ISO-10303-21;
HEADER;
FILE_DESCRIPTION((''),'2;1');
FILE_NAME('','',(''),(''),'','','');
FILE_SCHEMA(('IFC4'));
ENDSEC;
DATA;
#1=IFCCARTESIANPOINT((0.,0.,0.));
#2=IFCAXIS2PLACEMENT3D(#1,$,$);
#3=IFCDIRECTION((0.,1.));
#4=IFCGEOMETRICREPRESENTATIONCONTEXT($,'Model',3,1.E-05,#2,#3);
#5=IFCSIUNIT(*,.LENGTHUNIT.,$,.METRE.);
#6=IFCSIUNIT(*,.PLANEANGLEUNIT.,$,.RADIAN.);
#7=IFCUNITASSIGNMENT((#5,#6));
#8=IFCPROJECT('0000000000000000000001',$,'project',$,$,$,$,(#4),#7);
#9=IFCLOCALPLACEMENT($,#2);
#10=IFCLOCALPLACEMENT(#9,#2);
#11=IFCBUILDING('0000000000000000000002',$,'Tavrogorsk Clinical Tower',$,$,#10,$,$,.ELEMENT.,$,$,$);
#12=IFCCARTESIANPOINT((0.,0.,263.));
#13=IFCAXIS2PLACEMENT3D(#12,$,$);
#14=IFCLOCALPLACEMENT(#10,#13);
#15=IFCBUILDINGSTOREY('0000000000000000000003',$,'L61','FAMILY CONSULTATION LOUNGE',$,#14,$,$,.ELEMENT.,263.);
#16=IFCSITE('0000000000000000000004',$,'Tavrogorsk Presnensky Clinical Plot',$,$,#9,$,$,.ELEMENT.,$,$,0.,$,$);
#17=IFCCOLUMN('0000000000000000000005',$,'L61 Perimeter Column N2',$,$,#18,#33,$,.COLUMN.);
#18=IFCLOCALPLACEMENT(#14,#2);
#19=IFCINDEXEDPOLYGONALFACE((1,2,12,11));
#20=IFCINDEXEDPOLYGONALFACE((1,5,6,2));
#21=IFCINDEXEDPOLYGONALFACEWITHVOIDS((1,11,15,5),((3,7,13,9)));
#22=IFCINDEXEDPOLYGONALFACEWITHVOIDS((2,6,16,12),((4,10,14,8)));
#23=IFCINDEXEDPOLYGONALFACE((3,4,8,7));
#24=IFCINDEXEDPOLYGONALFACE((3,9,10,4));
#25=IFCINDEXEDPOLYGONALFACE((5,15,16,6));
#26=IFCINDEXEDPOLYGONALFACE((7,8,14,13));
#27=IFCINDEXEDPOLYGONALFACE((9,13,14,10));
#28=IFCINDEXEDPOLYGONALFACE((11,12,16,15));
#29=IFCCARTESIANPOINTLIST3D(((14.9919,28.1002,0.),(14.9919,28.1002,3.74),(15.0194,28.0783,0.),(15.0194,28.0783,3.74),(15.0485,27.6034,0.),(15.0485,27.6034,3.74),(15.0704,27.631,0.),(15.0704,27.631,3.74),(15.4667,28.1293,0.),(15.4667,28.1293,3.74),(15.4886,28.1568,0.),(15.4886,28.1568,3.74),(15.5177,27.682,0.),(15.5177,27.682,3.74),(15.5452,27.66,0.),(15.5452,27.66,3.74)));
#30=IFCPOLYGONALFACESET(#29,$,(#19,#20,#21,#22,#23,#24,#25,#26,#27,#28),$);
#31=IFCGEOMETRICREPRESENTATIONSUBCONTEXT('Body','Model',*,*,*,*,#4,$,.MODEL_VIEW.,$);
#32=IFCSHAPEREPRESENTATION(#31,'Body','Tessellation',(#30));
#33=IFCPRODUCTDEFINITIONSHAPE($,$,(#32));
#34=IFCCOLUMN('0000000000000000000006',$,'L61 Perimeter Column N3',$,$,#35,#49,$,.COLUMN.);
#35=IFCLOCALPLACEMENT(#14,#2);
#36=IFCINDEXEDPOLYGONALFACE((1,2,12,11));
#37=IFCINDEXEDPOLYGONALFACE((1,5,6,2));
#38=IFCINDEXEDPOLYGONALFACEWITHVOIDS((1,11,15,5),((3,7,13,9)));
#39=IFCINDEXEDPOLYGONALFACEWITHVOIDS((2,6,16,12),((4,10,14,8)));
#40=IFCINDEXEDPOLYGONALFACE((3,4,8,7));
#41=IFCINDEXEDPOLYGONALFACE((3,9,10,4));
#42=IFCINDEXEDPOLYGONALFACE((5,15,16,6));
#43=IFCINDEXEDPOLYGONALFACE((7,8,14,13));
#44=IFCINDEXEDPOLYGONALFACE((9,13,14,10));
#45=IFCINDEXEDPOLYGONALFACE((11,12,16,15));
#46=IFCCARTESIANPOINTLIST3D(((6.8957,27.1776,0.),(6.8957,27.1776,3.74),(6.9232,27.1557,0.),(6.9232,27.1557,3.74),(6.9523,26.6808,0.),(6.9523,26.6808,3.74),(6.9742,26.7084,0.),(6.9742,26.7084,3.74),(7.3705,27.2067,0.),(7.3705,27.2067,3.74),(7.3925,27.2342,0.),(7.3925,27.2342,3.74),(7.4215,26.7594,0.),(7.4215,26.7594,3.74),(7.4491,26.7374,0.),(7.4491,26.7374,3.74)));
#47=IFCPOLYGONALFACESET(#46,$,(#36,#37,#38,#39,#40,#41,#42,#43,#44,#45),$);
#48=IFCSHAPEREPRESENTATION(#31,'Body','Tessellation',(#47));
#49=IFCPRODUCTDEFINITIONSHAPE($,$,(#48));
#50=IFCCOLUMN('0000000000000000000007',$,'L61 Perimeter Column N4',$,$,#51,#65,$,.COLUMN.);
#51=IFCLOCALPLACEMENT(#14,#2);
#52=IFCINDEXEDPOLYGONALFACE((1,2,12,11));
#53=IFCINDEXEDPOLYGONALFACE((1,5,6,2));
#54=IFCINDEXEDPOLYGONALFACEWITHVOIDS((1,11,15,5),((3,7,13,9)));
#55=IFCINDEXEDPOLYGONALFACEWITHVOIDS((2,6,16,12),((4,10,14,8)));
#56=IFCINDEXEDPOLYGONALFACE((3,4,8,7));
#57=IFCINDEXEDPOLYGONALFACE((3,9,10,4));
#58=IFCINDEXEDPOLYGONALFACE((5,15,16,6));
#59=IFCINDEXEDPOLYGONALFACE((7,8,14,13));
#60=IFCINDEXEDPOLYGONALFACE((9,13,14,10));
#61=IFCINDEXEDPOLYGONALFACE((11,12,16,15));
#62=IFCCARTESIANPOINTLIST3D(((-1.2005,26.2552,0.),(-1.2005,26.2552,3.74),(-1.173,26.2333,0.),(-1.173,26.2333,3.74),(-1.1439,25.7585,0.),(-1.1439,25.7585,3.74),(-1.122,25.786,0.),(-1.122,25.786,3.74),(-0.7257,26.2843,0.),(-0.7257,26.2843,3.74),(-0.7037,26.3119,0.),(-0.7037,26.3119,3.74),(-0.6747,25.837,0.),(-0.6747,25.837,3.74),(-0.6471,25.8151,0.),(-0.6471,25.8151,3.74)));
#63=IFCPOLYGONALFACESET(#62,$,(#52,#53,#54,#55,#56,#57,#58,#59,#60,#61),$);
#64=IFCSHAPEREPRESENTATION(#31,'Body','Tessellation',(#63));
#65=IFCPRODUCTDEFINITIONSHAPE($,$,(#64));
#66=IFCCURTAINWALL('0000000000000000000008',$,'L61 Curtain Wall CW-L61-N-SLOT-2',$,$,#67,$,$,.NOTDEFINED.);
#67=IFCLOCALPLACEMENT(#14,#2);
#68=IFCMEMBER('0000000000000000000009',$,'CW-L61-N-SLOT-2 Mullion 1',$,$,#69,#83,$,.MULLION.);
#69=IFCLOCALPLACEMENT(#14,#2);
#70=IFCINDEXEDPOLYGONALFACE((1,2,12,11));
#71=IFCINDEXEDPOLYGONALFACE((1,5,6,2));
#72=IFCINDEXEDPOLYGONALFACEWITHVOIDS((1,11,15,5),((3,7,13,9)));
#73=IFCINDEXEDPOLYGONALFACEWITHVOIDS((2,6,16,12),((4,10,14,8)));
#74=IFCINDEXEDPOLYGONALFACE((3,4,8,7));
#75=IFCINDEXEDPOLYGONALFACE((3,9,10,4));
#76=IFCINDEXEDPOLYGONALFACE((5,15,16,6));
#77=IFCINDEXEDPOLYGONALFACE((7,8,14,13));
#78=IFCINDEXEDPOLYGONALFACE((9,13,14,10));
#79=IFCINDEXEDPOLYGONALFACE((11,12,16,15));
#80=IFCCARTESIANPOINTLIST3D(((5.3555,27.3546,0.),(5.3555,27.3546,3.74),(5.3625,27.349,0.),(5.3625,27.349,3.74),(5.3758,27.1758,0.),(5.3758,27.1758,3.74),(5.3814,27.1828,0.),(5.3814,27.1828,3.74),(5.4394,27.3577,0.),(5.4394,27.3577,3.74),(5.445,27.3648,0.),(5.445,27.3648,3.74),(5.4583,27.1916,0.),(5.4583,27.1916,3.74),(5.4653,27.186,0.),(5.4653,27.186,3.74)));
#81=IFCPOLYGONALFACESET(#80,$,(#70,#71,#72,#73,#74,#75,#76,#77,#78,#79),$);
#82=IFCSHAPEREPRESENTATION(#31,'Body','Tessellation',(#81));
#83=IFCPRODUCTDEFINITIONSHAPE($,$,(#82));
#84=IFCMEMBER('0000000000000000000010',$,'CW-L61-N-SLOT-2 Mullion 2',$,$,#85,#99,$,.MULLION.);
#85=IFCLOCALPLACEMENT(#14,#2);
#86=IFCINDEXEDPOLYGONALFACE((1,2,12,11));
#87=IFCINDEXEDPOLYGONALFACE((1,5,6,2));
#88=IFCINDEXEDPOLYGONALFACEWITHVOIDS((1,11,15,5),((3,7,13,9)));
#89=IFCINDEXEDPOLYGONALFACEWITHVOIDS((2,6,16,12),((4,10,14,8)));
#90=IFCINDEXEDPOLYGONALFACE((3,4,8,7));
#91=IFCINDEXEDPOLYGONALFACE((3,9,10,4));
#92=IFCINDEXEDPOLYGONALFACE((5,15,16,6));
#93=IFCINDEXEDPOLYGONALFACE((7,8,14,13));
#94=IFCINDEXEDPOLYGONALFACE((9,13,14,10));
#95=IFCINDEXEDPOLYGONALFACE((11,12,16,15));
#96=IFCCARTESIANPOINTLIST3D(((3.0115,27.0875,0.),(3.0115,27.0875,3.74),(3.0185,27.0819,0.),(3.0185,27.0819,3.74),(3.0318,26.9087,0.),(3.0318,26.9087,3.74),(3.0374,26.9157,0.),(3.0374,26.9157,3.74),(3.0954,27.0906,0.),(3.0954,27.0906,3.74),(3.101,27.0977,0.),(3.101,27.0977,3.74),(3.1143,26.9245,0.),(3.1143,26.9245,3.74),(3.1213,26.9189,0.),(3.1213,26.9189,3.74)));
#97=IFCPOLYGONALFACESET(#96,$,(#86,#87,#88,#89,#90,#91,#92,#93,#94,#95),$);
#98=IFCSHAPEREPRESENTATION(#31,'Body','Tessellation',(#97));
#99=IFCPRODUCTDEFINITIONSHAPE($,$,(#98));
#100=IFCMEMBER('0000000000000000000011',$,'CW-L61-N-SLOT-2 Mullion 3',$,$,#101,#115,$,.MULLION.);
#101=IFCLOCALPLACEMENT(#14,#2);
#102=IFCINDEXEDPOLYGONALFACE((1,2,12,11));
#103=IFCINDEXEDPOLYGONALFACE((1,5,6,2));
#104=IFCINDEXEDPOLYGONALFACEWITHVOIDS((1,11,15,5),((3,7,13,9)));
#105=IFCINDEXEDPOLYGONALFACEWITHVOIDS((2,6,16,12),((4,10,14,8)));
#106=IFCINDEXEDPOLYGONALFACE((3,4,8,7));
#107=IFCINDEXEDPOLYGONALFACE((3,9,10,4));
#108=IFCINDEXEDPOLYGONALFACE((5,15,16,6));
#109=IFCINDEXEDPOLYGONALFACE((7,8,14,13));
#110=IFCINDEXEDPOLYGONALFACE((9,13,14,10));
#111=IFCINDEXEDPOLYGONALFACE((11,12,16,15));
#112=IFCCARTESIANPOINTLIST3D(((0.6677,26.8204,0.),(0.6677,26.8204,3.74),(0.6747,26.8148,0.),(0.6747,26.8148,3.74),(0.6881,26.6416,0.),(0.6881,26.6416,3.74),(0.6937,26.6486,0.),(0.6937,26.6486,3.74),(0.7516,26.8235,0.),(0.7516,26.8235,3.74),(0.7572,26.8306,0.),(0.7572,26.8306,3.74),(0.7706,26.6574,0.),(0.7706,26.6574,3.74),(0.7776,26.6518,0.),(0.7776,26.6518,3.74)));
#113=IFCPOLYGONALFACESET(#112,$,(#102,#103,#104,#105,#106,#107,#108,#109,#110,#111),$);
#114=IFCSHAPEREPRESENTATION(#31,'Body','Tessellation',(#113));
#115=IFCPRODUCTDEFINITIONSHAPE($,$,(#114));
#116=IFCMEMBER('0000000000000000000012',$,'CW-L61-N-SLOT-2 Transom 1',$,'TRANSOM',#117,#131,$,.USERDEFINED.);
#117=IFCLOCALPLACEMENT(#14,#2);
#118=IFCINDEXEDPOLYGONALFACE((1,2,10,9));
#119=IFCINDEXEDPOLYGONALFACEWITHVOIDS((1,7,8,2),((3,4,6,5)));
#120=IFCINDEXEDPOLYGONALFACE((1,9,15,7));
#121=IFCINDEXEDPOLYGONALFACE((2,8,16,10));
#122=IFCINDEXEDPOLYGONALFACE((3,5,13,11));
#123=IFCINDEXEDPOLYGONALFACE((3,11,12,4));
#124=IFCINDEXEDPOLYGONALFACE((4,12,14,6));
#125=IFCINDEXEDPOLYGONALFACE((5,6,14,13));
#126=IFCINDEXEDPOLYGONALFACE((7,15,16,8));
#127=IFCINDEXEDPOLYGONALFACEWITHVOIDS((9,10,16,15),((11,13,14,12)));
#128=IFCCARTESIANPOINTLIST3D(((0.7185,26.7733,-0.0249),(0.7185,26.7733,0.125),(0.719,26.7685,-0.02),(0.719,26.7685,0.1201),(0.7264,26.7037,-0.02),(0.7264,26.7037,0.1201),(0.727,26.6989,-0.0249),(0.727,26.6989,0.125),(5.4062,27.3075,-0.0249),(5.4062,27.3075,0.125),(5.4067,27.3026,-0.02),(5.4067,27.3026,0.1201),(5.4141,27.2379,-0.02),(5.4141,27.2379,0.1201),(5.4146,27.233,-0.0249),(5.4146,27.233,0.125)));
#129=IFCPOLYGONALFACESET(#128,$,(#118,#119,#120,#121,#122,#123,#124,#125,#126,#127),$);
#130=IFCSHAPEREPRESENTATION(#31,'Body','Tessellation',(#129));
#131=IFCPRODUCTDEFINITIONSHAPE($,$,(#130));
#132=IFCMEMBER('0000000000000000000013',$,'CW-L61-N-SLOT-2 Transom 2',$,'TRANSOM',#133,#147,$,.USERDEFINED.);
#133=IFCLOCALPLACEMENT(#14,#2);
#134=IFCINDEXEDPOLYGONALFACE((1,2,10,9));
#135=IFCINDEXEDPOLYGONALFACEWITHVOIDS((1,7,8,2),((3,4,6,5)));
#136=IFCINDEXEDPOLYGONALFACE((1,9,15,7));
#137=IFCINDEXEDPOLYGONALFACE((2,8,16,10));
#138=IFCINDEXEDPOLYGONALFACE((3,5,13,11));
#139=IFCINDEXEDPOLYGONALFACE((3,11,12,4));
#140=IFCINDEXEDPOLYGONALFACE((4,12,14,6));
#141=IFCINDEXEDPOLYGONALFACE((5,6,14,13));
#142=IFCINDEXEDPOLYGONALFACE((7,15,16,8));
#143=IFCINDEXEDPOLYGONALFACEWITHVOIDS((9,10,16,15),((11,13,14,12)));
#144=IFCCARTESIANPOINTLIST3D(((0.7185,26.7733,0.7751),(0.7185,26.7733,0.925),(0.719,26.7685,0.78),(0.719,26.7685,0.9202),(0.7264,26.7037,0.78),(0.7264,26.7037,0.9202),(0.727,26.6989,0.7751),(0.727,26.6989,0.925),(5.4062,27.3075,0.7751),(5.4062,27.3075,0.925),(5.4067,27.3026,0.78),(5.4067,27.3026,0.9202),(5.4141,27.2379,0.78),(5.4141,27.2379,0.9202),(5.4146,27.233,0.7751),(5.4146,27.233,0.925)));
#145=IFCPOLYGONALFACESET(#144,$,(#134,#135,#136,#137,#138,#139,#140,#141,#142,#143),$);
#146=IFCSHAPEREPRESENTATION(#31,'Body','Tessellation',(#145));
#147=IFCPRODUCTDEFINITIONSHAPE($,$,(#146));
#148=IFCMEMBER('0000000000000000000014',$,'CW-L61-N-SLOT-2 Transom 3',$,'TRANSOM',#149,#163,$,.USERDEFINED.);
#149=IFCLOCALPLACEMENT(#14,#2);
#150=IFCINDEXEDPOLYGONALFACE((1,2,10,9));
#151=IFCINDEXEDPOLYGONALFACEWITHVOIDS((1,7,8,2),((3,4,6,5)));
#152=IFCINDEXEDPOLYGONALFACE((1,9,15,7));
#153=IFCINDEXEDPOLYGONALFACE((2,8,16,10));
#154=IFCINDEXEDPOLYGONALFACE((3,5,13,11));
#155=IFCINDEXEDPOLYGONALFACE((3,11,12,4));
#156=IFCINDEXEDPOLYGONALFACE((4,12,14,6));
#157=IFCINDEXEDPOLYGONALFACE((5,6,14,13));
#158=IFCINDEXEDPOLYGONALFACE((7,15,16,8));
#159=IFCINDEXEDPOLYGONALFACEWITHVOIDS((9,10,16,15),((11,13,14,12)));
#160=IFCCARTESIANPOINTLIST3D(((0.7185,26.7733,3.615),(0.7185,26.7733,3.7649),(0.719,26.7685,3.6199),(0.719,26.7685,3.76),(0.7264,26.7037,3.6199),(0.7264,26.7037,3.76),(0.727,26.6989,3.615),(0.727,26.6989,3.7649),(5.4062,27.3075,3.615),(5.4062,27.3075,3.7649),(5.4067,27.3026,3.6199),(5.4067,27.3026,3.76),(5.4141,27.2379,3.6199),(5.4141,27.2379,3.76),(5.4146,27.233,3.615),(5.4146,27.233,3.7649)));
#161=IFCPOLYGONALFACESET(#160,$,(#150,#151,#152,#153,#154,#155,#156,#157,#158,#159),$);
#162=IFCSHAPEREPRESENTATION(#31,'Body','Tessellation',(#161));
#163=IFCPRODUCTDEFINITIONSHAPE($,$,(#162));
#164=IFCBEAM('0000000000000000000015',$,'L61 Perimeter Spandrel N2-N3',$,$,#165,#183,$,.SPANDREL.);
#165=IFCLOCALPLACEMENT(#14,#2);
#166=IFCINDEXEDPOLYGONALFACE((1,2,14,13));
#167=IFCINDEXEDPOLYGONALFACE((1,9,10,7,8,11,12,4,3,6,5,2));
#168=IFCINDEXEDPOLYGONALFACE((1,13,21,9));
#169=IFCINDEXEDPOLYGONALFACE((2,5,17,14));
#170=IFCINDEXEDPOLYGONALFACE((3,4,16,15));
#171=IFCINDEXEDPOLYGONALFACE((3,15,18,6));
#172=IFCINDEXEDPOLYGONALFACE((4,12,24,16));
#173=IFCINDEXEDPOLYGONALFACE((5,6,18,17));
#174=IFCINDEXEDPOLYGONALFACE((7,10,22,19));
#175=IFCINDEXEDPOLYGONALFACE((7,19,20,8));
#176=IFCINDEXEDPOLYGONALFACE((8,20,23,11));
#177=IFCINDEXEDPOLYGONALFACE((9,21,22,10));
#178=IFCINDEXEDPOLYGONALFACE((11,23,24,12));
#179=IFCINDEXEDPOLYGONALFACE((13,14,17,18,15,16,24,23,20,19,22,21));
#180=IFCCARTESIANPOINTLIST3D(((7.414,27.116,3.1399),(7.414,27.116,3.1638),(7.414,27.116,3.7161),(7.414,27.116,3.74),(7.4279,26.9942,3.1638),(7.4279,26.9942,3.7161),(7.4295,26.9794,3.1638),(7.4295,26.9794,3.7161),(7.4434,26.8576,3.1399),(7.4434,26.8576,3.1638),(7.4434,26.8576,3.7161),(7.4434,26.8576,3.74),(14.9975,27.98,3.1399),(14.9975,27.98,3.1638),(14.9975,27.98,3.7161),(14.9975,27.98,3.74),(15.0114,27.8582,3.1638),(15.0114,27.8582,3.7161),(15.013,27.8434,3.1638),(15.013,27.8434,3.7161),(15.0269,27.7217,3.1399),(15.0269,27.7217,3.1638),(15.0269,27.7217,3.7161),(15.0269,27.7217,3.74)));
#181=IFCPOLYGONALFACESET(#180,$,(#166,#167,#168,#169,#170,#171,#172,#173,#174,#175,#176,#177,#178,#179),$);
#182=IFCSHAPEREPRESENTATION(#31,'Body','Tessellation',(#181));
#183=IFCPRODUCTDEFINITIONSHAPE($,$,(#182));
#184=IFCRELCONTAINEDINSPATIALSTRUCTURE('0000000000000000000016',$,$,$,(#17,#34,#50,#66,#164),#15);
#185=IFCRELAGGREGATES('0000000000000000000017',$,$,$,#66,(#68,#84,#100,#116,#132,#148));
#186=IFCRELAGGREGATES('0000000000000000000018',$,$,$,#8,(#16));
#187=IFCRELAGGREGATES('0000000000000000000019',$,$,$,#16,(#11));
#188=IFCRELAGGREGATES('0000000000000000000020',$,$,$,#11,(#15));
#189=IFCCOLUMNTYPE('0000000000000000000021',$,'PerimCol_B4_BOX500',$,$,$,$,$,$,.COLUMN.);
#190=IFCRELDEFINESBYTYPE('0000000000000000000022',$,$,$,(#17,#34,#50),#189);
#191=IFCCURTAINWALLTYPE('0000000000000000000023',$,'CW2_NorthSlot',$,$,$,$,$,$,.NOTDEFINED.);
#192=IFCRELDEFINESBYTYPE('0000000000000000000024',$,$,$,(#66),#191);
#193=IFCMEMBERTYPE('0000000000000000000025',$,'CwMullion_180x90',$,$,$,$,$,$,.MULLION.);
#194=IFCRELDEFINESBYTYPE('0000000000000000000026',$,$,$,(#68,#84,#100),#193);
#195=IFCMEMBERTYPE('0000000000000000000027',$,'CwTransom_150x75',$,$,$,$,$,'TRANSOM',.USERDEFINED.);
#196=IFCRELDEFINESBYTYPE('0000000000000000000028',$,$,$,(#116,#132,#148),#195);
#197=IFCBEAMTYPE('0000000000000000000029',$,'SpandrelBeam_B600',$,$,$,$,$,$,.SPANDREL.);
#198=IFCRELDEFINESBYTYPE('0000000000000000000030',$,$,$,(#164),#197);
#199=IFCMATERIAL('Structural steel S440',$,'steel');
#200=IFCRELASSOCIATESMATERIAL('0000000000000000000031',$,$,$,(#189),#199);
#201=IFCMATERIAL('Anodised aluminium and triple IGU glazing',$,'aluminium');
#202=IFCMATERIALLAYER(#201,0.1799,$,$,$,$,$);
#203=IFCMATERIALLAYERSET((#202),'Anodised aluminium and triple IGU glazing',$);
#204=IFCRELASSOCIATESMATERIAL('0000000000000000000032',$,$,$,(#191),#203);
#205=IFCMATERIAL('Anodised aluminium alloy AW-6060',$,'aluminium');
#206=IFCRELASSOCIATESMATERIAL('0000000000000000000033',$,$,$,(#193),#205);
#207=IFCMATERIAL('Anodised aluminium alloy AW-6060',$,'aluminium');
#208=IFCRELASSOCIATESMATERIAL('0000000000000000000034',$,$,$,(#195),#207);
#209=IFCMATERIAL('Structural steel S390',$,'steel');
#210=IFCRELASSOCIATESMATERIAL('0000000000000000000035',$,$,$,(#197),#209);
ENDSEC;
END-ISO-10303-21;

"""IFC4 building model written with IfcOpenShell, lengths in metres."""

from ifc_helpers import new_model, si_unit, direction, frame, origin, origin_2d, place, context, subcontext, project, spatial, hollow_rectangle, i_section, extrude, material, layer, layer_set, material_profile, profile_set, type_object, element, aggregate, save


model = new_model("IFC4")

# Units and contexts
model_context = context("Model", 3, precision=1e-05, world=origin(), true_north=direction((0.0, 1.0)))
body_context = subcontext(model_context, "Body", "Model", "MODEL_VIEW")
ifc_project = project(units=[si_unit("LENGTHUNIT", "METRE"), si_unit("PLANEANGLEUNIT", "RADIAN")], contexts=[model_context])

# Site, building, storey
site_placement = place(None, origin())
site = spatial("IfcSite", under=ifc_project, at=site_placement, Name="Tavrogorsk Presnensky Clinical Plot", CompositionType="ELEMENT", RefElevation=0.0)
building_placement = place(site_placement, origin())
building = spatial("IfcBuilding", under=site, at=building_placement, Name="Tavrogorsk Clinical Tower", CompositionType="ELEMENT")
storey_placement = place(building_placement, frame((0.0, 0.0, 263.0)))
storey = spatial("IfcBuildingStorey", under=building, at=storey_placement, Name="L61", Description="FAMILY CONSULTATION LOUNGE", CompositionType="ELEMENT", Elevation=263.0)

# Columns
ifc_material_1 = material(Name="Structural steel S440", Category="steel")
ifc_material_profile_1 = material_profile(ifc_material_1, hollow_rectangle(XDim=0.5, YDim=0.5, WallThickness=0.0249, at=origin_2d()), Name="BOX-500x500x25")
ifc_profile_set_1 = profile_set([ifc_material_profile_1], Name="Structural steel S440")
column_type = type_object("IfcColumnType", Name="PerimCol_B4_BOX500", PredefinedType="COLUMN", material=ifc_profile_set_1)
for number, where, z_axis, x_axis, name in (
    (1, (15.2686, 27.8801, 0.0), (0.0, 0.0, 1.0), (0.993572, 0.113203, 0.0), "L61 Perimeter Column N2"),
    (2, (7.1724, 26.9575, 0.0), (0.0, 0.0, 1.0), (0.993572, 0.113203, 0.0), "L61 Perimeter Column N3"),
    (3, (-0.9238, 26.0352, 0.0), (0.0, 0.0, 1.0), (0.993572, 0.113203, 0.0), "L61 Perimeter Column N4"),
):
    element("IfcColumn", number, at=place(storey_placement, frame(where, z_axis=z_axis, x_axis=x_axis)), inside=storey, type_object=column_type, Name=name, PredefinedType="COLUMN", context=body_context, shape_type="SweptSolid", body=[
        extrude(hollow_rectangle(XDim=0.5, YDim=0.5, WallThickness=0.0249, at=origin_2d()), origin(), (0.0, 0.0, 1.0), 3.74),
    ])

# Curtain wall, members
ifc_material_2 = material(Name="Anodised aluminium and triple IGU glazing", Category="aluminium")
ifc_layer_1 = layer(ifc_material_2, 0.1799)
ifc_layer_set_1 = layer_set([ifc_layer_1], Name="Anodised aluminium and triple IGU glazing")
curtain_wall_type = type_object("IfcCurtainWallType", Name="CW2_NorthSlot", PredefinedType="NOTDEFINED", material=ifc_layer_set_1)
curtain_wall_placement = place(storey_placement, origin())
curtain_wall = element("IfcCurtainWall", 4, at=curtain_wall_placement, inside=storey, type_object=curtain_wall_type, Name="L61 Curtain Wall CW-L61-N-SLOT-2", PredefinedType="NOTDEFINED")
ifc_material_3 = material(Name="Anodised aluminium alloy AW-6060", Category="aluminium")
ifc_material_profile_2 = material_profile(ifc_material_3, hollow_rectangle(XDim=0.0901, YDim=0.1799, WallThickness=0.0063, at=origin_2d()), Name="RHS-180x90x6.3")
ifc_profile_set_2 = profile_set([ifc_material_profile_2], Name="Anodised aluminium alloy AW-6060")
member_type_1 = type_object("IfcMemberType", Name="CwMullion_180x90", PredefinedType="MULLION", material=ifc_profile_set_2)
member_1_placement = place(storey_placement, frame((5.4104, 27.2703, 0.0), z_axis=(0.0, 0.0, 1.0), x_axis=(-0.993572, -0.113203, 0.0)))
member_1 = element("IfcMember", 5, at=member_1_placement, type_object=member_type_1, Name="CW-L61-N-SLOT-2 Mullion 1", PredefinedType="MULLION", context=body_context, shape_type="SweptSolid", body=[
    extrude(hollow_rectangle(XDim=0.0901, YDim=0.1799, WallThickness=0.0063, at=origin_2d()), origin(), (0.0, 0.0, 1.0), 3.74),
])
member_2_placement = place(storey_placement, frame((3.0664, 27.0032, 0.0), z_axis=(0.0, 0.0, 1.0), x_axis=(-0.993572, -0.113203, 0.0)))
member_2 = element("IfcMember", 6, at=member_2_placement, type_object=member_type_1, Name="CW-L61-N-SLOT-2 Mullion 2", PredefinedType="MULLION", context=body_context, shape_type="SweptSolid", body=[
    extrude(hollow_rectangle(XDim=0.0901, YDim=0.1799, WallThickness=0.0063, at=origin_2d()), origin(), (0.0, 0.0, 1.0), 3.74),
])
member_3_placement = place(storey_placement, frame((0.7227, 26.7361, 0.0), z_axis=(0.0, 0.0, 1.0), x_axis=(-0.993572, -0.113203, 0.0)))
member_3 = element("IfcMember", 7, at=member_3_placement, type_object=member_type_1, Name="CW-L61-N-SLOT-2 Mullion 3", PredefinedType="MULLION", context=body_context, shape_type="SweptSolid", body=[
    extrude(hollow_rectangle(XDim=0.0901, YDim=0.1799, WallThickness=0.0063, at=origin_2d()), origin(), (0.0, 0.0, 1.0), 3.74),
])
ifc_material_4 = material(Name="Anodised aluminium alloy AW-6060", Category="aluminium")
ifc_material_profile_3 = material_profile(ifc_material_4, hollow_rectangle(XDim=0.075, YDim=0.1499, WallThickness=0.0049, at=origin_2d()), Name="RHS-150x75x5")
ifc_profile_set_3 = profile_set([ifc_material_profile_3], Name="Anodised aluminium alloy AW-6060")
member_type_2 = type_object("IfcMemberType", Name="CwTransom_150x75", ElementType="TRANSOM", PredefinedType="USERDEFINED", material=ifc_profile_set_3)
member_4_placement = place(storey_placement, frame((5.4104, 27.2703, 0.05), z_axis=(-0.99357, -0.11322, 0.0), x_axis=(0.11322, -0.99357, 0.0)))
member_4 = element("IfcMember", 8, at=member_4_placement, type_object=member_type_2, Name="CW-L61-N-SLOT-2 Transom 1", ObjectType="TRANSOM", PredefinedType="USERDEFINED", context=body_context, shape_type="SweptSolid", body=[
    extrude(hollow_rectangle(XDim=0.075, YDim=0.1499, WallThickness=0.0049, at=origin_2d()), origin(), (0.0, 0.0, 1.0), 4.718),
])
member_5_placement = place(storey_placement, frame((5.4104, 27.2703, 0.8501), z_axis=(-0.99357, -0.11322, 0.0), x_axis=(0.11322, -0.99357, 0.0)))
member_5 = element("IfcMember", 9, at=member_5_placement, type_object=member_type_2, Name="CW-L61-N-SLOT-2 Transom 2", ObjectType="TRANSOM", PredefinedType="USERDEFINED", context=body_context, shape_type="SweptSolid", body=[
    extrude(hollow_rectangle(XDim=0.075, YDim=0.1499, WallThickness=0.0049, at=origin_2d()), origin(), (0.0, 0.0, 1.0), 4.718),
])
member_6_placement = place(storey_placement, frame((5.4104, 27.2703, 3.6899), z_axis=(-0.99357, -0.11322, 0.0), x_axis=(0.11322, -0.99357, 0.0)))
member_6 = element("IfcMember", 10, at=member_6_placement, type_object=member_type_2, Name="CW-L61-N-SLOT-2 Transom 3", ObjectType="TRANSOM", PredefinedType="USERDEFINED", context=body_context, shape_type="SweptSolid", body=[
    extrude(hollow_rectangle(XDim=0.075, YDim=0.1499, WallThickness=0.0049, at=origin_2d()), origin(), (0.0, 0.0, 1.0), 4.718),
])

# Beam
ifc_material_5 = material(Name="Structural steel S390", Category="steel")
ifc_material_profile_4 = material_profile(ifc_material_5, i_section(OverallWidth=0.26, OverallDepth=0.6001, WebThickness=0.0149, FlangeThickness=0.0239, at=origin_2d()), Name="B-600x260x15x24")
ifc_profile_set_4 = profile_set([ifc_material_profile_4], Name="Structural steel S390")
beam_type = type_object("IfcBeamType", Name="SpandrelBeam_B600", PredefinedType="SPANDREL", material=ifc_profile_set_4)
for number, where, z_axis, x_axis, name in (
    (11, (15.0122, 27.8508, 3.4399), (-0.993572, -0.113201, 0.0), (0.113201, -0.993572, 0.0), "L61 Perimeter Spandrel N2-N3"),
):
    element("IfcBeam", number, at=place(storey_placement, frame(where, z_axis=z_axis, x_axis=x_axis)), inside=storey, type_object=beam_type, Name=name, PredefinedType="SPANDREL", context=body_context, shape_type="SweptSolid", body=[
        extrude(i_section(OverallWidth=0.26, OverallDepth=0.6001, WebThickness=0.0149, FlangeThickness=0.0239, at=origin_2d()), origin(), (0.0, 0.0, 1.0), 7.6326),
    ])

aggregate(curtain_wall, [member_1, member_2, member_3, member_4, member_5, member_6])

save(model, "model.ifc")
